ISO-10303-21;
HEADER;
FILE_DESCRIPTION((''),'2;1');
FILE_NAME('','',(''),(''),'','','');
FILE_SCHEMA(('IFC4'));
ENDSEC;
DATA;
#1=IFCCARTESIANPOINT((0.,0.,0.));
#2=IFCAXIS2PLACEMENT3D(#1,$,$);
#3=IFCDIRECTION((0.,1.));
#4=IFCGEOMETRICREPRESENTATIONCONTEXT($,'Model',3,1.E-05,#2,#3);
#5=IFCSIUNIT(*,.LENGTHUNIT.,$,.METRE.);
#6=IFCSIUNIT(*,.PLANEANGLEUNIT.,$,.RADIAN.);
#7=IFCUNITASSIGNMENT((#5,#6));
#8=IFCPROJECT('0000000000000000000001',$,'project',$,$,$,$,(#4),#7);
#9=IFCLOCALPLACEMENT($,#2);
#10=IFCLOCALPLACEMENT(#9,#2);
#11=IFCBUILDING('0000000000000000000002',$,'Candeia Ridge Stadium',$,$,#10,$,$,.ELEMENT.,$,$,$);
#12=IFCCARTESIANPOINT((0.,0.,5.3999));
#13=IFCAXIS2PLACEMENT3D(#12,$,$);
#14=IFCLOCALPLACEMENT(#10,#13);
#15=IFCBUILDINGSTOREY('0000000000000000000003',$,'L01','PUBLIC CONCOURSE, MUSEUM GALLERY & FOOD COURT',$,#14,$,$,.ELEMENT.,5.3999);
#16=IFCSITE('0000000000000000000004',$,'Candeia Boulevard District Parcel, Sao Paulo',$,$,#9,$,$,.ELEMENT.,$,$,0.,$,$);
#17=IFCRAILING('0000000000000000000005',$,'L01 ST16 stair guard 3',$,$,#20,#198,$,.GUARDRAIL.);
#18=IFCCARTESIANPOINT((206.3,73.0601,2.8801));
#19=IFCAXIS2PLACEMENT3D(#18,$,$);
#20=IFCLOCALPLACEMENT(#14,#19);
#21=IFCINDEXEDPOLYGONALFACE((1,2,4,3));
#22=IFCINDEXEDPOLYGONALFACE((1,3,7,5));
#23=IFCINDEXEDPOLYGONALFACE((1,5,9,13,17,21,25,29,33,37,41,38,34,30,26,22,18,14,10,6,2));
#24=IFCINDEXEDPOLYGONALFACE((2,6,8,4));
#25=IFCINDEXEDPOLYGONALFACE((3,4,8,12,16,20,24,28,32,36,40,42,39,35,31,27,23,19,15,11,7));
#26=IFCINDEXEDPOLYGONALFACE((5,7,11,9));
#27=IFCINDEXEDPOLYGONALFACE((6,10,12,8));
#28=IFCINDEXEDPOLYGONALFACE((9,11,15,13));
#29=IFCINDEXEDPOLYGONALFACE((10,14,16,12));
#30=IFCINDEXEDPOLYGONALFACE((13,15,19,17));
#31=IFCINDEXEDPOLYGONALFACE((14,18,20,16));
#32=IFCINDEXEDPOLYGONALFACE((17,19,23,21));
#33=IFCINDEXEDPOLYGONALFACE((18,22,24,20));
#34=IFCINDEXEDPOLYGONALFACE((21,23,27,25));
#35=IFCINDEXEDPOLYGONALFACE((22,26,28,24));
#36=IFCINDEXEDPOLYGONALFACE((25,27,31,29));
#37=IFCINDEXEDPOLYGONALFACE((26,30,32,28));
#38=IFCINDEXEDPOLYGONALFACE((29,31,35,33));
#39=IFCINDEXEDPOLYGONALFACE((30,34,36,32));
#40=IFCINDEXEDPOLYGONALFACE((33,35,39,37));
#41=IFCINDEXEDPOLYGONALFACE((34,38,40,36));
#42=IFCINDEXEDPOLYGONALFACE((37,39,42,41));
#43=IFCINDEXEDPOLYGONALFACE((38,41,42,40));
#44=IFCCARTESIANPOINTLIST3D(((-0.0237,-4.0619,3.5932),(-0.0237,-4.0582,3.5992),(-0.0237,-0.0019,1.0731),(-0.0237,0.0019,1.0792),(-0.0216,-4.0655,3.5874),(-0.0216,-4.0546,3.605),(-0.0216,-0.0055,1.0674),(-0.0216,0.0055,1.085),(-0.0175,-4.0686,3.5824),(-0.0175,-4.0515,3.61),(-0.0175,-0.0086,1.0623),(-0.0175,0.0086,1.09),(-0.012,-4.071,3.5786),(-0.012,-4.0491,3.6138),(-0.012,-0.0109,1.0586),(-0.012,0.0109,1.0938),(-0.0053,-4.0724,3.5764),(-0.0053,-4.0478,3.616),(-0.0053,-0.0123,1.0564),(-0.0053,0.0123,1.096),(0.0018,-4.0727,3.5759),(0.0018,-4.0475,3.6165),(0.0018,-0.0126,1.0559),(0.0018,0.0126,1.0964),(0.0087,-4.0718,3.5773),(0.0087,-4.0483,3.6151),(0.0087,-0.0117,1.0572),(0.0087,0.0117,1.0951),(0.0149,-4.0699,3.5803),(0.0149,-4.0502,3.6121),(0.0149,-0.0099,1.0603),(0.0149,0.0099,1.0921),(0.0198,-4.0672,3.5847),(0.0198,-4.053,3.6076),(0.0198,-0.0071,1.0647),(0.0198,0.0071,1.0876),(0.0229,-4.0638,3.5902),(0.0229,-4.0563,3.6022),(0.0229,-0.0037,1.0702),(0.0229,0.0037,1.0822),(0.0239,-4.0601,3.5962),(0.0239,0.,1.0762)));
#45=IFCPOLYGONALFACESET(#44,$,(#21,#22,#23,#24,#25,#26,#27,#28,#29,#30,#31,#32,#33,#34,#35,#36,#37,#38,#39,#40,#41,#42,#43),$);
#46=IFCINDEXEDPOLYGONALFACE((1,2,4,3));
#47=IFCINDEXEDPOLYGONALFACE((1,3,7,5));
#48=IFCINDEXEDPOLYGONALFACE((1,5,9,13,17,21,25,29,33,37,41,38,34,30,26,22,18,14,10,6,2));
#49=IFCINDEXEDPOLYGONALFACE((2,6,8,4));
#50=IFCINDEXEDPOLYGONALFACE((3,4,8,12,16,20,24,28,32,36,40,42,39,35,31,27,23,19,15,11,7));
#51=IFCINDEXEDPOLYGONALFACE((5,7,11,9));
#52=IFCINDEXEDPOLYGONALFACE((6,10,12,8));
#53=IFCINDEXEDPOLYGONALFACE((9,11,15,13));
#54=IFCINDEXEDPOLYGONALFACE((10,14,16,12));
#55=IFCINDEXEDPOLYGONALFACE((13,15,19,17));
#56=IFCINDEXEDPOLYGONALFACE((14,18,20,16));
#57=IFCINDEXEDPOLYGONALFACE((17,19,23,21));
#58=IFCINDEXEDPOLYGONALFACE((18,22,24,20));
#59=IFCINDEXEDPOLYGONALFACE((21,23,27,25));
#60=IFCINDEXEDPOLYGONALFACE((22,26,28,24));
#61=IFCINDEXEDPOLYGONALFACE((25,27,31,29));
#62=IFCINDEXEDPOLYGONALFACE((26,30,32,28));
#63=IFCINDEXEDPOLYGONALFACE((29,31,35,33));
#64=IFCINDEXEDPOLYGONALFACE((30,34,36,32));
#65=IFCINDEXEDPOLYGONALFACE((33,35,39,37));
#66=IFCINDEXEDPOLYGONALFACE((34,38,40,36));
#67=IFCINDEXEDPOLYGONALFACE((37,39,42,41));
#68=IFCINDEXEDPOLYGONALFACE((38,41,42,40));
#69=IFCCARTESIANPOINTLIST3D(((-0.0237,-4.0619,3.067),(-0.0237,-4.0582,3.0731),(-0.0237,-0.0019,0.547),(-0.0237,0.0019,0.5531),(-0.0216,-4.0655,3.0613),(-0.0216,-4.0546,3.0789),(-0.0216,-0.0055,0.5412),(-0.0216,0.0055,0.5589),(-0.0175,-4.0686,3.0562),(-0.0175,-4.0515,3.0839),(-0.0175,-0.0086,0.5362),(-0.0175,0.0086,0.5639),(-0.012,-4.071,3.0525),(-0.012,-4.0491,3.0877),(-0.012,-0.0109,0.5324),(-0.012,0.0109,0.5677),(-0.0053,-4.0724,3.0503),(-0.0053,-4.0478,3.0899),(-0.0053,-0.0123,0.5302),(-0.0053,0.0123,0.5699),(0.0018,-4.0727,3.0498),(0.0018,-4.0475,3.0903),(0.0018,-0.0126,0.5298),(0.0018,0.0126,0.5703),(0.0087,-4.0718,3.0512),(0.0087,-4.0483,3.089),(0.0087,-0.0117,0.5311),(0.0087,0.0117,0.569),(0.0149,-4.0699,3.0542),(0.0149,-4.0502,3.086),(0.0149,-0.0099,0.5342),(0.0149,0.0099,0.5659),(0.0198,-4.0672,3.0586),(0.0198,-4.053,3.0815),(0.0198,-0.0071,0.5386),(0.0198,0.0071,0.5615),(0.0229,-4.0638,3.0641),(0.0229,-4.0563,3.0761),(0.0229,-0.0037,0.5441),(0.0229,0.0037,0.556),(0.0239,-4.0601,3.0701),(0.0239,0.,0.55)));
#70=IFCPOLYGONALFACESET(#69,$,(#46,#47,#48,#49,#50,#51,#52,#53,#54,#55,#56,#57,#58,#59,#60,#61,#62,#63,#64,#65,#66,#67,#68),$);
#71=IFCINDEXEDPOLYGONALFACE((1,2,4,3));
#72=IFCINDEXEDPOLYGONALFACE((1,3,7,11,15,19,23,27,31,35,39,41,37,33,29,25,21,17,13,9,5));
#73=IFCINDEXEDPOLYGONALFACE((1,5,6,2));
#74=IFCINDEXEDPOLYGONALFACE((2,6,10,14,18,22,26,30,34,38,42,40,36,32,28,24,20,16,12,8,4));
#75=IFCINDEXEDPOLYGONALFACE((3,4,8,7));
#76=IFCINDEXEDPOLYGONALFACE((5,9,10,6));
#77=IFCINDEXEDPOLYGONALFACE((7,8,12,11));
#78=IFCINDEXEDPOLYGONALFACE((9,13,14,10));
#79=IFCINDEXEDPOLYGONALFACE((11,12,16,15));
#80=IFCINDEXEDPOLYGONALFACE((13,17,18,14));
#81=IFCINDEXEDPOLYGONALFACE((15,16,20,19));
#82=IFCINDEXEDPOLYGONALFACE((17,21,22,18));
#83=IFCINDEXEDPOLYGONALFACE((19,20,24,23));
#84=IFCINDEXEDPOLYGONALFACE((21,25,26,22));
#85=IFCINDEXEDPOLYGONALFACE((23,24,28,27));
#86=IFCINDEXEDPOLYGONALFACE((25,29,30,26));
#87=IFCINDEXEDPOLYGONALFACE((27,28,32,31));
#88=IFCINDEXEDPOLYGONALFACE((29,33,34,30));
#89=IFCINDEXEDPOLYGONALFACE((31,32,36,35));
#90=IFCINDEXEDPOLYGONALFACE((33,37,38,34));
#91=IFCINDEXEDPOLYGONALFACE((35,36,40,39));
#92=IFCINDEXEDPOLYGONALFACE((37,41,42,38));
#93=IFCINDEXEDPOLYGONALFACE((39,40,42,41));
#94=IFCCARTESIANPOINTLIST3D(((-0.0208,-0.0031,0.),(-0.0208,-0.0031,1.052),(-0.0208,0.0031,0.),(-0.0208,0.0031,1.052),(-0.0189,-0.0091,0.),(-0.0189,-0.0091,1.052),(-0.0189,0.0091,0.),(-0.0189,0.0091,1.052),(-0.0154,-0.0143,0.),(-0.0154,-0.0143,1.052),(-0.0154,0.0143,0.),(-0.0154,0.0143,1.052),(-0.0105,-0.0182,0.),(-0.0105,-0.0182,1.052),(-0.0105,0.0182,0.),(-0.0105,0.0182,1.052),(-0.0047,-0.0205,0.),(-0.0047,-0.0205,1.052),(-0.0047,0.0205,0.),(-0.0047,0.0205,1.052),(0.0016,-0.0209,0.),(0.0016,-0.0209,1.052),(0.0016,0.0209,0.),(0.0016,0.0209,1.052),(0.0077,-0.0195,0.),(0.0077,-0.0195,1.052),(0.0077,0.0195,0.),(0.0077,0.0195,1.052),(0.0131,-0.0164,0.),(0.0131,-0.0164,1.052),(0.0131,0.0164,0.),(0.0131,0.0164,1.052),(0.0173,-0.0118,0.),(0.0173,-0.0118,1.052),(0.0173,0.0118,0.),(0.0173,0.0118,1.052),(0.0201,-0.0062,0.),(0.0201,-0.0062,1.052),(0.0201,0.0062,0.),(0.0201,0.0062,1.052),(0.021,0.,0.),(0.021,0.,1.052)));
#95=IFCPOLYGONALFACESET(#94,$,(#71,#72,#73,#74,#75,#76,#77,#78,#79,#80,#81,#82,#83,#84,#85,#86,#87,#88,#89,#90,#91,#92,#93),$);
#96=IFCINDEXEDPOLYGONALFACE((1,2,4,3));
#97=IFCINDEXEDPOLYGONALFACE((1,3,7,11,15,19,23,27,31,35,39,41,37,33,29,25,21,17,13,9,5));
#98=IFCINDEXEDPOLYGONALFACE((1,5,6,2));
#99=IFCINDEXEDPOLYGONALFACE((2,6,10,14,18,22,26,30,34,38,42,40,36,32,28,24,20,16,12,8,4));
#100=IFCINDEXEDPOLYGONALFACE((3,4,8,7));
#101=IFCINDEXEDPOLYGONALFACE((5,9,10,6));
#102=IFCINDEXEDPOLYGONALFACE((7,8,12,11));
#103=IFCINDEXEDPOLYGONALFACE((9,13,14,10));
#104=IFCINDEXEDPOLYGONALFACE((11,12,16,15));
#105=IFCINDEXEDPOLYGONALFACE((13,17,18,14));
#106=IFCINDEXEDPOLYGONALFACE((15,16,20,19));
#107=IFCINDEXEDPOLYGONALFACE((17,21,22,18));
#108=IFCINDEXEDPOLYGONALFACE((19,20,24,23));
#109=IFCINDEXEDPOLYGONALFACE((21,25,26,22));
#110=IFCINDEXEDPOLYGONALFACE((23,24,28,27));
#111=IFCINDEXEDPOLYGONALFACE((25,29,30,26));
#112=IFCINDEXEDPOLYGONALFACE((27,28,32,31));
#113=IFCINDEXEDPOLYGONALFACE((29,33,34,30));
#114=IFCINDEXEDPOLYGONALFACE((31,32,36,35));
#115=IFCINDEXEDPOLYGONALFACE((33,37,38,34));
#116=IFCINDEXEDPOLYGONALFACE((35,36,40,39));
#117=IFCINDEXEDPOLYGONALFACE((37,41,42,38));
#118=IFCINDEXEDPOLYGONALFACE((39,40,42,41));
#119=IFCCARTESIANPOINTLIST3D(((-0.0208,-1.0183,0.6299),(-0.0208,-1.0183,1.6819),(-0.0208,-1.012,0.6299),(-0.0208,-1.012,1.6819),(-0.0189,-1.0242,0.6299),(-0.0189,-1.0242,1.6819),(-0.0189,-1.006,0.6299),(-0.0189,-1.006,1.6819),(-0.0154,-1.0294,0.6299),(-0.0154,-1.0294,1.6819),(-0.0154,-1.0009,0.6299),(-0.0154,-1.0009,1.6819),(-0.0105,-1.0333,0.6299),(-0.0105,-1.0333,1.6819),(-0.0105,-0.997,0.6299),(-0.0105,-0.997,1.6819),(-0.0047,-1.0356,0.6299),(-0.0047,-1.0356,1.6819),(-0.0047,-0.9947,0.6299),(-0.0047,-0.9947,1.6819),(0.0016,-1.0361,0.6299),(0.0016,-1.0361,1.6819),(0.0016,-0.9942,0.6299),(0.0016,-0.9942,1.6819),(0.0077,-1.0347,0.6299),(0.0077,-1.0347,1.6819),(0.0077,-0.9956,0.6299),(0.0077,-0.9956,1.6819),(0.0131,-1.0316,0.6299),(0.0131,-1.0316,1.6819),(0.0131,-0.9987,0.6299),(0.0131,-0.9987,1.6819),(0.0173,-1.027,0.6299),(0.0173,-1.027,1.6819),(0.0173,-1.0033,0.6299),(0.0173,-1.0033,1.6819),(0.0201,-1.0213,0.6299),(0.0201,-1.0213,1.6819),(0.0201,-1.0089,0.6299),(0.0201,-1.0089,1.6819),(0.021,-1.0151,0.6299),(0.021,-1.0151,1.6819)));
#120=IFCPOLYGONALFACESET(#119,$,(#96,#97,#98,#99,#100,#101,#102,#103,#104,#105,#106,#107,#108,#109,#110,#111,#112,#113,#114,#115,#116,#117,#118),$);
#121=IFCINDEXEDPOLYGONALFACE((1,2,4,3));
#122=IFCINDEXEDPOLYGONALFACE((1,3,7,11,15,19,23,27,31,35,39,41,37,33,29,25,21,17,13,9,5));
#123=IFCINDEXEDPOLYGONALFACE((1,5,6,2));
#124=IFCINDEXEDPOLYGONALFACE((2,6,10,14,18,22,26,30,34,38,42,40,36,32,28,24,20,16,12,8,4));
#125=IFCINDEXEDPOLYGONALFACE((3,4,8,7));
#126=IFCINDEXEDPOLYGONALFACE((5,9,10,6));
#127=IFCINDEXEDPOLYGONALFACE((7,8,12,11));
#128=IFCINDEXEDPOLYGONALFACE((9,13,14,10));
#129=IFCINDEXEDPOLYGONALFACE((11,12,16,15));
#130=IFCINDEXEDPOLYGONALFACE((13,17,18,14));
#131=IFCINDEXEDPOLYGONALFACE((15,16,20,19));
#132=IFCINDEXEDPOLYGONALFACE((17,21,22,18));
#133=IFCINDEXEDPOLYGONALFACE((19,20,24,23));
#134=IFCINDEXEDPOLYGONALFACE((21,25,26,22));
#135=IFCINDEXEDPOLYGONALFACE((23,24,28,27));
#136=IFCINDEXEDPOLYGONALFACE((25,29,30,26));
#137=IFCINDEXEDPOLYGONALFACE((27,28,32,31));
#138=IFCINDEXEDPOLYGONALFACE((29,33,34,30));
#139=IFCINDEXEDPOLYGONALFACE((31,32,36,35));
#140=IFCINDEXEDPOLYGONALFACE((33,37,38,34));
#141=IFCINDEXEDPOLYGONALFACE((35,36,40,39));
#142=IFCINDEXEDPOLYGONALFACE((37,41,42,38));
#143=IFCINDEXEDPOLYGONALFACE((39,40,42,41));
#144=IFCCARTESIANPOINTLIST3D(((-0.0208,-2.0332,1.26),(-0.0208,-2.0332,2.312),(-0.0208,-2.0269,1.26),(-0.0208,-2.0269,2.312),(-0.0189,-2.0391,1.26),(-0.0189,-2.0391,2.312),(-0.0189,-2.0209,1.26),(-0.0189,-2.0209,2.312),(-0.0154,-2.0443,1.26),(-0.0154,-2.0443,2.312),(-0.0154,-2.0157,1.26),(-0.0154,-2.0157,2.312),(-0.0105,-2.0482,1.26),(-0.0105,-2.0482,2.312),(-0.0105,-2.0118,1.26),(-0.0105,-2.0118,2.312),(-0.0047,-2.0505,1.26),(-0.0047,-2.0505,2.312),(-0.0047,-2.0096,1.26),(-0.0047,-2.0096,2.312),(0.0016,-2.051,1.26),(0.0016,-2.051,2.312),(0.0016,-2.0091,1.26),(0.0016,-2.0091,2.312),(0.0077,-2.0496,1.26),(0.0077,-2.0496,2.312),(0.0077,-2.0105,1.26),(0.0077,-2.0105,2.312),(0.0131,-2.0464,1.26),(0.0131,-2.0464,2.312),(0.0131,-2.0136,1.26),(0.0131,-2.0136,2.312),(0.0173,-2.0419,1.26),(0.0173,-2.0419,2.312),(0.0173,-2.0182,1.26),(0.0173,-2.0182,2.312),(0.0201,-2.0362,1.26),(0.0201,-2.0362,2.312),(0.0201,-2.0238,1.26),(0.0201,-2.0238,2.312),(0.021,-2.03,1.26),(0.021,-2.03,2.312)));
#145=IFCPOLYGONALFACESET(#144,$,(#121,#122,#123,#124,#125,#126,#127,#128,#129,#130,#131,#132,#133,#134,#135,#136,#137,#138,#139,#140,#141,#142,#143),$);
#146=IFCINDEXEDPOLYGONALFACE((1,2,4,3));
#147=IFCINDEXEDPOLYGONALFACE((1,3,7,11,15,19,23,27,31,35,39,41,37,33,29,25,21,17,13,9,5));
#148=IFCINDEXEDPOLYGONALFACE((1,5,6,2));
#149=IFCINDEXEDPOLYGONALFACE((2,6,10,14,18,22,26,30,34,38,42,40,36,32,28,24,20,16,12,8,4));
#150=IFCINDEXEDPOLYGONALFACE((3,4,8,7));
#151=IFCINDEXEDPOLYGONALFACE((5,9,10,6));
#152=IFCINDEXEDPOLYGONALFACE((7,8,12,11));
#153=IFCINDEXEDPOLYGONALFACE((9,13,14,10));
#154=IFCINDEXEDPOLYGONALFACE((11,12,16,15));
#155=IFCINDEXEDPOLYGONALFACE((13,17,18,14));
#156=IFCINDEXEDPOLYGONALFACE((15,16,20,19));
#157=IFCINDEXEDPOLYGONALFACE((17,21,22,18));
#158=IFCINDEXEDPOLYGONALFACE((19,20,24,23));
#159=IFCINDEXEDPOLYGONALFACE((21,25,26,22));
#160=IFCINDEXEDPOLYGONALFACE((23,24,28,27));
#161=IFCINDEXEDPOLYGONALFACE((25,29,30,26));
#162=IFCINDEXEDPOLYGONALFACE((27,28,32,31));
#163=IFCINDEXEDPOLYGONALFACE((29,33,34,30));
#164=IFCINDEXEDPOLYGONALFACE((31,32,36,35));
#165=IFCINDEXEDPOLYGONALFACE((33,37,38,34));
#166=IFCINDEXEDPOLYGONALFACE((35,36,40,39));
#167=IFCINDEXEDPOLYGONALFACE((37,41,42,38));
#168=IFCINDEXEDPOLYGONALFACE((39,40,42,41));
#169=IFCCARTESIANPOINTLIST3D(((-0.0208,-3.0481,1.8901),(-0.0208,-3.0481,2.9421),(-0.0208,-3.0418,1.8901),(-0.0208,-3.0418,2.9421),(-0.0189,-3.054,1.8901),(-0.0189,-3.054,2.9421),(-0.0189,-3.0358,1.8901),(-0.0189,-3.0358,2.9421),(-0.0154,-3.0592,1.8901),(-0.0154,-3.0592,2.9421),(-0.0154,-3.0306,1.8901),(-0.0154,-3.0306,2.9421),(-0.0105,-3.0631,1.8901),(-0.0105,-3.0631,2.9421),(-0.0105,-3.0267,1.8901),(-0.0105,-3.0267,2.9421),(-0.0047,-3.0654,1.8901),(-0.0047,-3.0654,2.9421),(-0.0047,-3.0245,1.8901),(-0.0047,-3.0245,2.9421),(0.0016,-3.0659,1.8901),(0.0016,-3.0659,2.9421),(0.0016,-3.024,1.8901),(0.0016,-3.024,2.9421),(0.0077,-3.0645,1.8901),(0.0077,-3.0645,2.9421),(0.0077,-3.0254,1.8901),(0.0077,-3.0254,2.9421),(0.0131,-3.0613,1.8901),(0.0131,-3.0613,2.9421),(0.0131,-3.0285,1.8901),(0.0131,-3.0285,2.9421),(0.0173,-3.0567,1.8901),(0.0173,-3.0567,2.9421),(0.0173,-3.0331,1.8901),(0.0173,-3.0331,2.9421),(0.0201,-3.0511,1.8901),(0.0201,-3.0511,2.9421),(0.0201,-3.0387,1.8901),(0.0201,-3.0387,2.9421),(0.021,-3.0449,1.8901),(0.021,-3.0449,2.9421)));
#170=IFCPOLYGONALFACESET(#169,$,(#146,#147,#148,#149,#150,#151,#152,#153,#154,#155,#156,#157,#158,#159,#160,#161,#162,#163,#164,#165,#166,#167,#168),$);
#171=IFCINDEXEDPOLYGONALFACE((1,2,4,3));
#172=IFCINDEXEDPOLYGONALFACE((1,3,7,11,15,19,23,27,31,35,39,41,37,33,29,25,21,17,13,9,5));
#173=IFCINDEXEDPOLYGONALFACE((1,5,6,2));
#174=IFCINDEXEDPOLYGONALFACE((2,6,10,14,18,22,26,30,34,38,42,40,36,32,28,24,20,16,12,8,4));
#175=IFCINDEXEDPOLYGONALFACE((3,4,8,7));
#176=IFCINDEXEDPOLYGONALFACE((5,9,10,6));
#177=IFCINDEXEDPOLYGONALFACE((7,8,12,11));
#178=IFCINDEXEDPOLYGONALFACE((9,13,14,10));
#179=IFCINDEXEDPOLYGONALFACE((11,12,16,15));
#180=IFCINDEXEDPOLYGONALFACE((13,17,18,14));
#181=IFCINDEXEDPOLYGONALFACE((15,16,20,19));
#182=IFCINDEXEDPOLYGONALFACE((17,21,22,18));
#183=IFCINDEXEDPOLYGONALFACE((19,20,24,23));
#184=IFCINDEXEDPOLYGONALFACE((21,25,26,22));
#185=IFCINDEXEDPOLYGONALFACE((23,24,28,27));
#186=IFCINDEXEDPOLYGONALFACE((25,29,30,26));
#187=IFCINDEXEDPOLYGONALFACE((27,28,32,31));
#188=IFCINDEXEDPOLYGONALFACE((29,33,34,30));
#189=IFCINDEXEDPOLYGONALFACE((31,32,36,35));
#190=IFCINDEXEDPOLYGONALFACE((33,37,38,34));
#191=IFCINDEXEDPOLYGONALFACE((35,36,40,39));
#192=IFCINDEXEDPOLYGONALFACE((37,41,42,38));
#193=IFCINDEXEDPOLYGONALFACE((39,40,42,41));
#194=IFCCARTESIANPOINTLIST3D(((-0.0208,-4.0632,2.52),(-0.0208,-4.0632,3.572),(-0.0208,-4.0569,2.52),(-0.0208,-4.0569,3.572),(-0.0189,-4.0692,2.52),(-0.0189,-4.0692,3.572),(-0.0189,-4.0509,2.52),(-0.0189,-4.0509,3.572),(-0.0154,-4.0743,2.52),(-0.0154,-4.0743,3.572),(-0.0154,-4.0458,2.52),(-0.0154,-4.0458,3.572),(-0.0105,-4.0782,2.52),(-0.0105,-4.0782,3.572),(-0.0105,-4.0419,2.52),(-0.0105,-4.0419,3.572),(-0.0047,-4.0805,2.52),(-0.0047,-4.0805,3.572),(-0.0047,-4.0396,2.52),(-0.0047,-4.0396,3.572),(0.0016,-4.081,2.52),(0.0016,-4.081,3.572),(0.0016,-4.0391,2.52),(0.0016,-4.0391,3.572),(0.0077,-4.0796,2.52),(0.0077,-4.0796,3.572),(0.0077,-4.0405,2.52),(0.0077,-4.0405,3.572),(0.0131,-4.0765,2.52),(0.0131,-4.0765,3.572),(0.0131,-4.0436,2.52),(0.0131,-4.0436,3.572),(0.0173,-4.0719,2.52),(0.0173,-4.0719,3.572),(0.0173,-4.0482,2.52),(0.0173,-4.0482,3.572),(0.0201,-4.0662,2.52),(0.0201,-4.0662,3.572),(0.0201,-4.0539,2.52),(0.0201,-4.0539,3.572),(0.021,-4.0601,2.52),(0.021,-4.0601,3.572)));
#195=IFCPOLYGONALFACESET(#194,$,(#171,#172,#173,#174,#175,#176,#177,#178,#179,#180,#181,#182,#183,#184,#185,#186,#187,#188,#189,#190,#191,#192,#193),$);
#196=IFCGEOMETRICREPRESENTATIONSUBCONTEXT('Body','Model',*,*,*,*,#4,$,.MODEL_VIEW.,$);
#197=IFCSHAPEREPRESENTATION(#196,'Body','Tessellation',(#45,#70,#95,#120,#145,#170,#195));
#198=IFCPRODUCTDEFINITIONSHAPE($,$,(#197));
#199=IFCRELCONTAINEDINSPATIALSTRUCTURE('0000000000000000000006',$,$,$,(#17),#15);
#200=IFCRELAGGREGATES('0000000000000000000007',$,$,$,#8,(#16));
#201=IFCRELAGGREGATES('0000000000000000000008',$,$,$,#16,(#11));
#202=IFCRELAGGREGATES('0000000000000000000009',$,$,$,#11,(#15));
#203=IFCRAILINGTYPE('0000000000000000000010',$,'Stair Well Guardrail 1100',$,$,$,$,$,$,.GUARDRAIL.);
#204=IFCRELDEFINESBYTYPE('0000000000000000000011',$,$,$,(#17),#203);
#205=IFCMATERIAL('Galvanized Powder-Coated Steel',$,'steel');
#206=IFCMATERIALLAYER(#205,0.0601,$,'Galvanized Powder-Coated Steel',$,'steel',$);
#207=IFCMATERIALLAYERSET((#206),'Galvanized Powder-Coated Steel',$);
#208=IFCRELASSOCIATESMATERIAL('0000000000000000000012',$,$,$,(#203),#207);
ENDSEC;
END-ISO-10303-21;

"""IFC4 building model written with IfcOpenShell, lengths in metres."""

from ifc_helpers import new_model, si_unit, direction, frame, origin, origin_2d, place, context, subcontext, project, spatial, circle, extrude, material, layer, layer_set, type_object, element, save


model = new_model("IFC4")

# Units and contexts
model_context = context("Model", 3, precision=1e-05, world=origin(), true_north=direction((0.0, 1.0)))
body_context = subcontext(model_context, "Body", "Model", "MODEL_VIEW")
ifc_project = project(units=[si_unit("LENGTHUNIT", "METRE"), si_unit("PLANEANGLEUNIT", "RADIAN")], contexts=[model_context])

# Site, building, storey
site_placement = place(None, origin())
site = spatial("IfcSite", under=ifc_project, at=site_placement, Name="Candeia Boulevard District Parcel, Sao Paulo", CompositionType="ELEMENT", RefElevation=0.0)
building_placement = place(site_placement, origin())
building = spatial("IfcBuilding", under=site, at=building_placement, Name="Candeia Ridge Stadium", CompositionType="ELEMENT")
storey_placement = place(building_placement, frame((0.0, 0.0, 5.3999)))
storey = spatial("IfcBuildingStorey", under=building, at=storey_placement, Name="L01", Description="PUBLIC CONCOURSE, MUSEUM GALLERY & FOOD COURT", CompositionType="ELEMENT", Elevation=5.3999)

# Railing
ifc_material_1 = material(Name="Galvanized Powder-Coated Steel", Category="steel")
ifc_layer_1 = layer(ifc_material_1, 0.0601, Name="Galvanized Powder-Coated Steel", Category="steel")
ifc_layer_set_1 = layer_set([ifc_layer_1], Name="Galvanized Powder-Coated Steel")
railing_type_1 = type_object("IfcRailingType", Name="Stair Well Guardrail 1100", PredefinedType="GUARDRAIL", material=ifc_layer_set_1)
railing_1_placement = place(storey_placement, frame((206.3, 73.0601, 2.8801)))
element("IfcRailing", 1, at=railing_1_placement, inside=storey, type_object=railing_type_1, Name="L01 ST16 stair guard 3", PredefinedType="GUARDRAIL", context=body_context, shape_type="SweptSolid", body=[
    extrude(circle(Radius=0.0239, at=origin_2d()), frame((0.0, 0.0, 1.0762), z_axis=(0.0, -0.849642, 0.52736), x_axis=(1.0, 0.0, 0.0)), (0.0, 0.0, 1.0), 4.7786),
    extrude(circle(Radius=0.0239, at=origin_2d()), frame((0.0, 0.0, 0.55), z_axis=(0.0, -0.849642, 0.52736), x_axis=(1.0, 0.0, 0.0)), (0.0, 0.0, 1.0), 4.7786),
    extrude(circle(Radius=0.021, at=origin_2d()), origin(), (0.0, 0.0, 1.0), 1.052),
    extrude(circle(Radius=0.021, at=origin_2d()), frame((0.0, -1.0151, 0.6299)), (0.0, 0.0, 1.0), 1.052),
    extrude(circle(Radius=0.021, at=origin_2d()), frame((0.0, -2.03, 1.26)), (0.0, 0.0, 1.0), 1.052),
    extrude(circle(Radius=0.021, at=origin_2d()), frame((0.0, -3.0449, 1.8901)), (0.0, 0.0, 1.0), 1.052),
    extrude(circle(Radius=0.021, at=origin_2d()), frame((0.0, -4.0601, 2.52)), (0.0, 0.0, 1.0), 1.052),
])

save(model, "model.ifc")
